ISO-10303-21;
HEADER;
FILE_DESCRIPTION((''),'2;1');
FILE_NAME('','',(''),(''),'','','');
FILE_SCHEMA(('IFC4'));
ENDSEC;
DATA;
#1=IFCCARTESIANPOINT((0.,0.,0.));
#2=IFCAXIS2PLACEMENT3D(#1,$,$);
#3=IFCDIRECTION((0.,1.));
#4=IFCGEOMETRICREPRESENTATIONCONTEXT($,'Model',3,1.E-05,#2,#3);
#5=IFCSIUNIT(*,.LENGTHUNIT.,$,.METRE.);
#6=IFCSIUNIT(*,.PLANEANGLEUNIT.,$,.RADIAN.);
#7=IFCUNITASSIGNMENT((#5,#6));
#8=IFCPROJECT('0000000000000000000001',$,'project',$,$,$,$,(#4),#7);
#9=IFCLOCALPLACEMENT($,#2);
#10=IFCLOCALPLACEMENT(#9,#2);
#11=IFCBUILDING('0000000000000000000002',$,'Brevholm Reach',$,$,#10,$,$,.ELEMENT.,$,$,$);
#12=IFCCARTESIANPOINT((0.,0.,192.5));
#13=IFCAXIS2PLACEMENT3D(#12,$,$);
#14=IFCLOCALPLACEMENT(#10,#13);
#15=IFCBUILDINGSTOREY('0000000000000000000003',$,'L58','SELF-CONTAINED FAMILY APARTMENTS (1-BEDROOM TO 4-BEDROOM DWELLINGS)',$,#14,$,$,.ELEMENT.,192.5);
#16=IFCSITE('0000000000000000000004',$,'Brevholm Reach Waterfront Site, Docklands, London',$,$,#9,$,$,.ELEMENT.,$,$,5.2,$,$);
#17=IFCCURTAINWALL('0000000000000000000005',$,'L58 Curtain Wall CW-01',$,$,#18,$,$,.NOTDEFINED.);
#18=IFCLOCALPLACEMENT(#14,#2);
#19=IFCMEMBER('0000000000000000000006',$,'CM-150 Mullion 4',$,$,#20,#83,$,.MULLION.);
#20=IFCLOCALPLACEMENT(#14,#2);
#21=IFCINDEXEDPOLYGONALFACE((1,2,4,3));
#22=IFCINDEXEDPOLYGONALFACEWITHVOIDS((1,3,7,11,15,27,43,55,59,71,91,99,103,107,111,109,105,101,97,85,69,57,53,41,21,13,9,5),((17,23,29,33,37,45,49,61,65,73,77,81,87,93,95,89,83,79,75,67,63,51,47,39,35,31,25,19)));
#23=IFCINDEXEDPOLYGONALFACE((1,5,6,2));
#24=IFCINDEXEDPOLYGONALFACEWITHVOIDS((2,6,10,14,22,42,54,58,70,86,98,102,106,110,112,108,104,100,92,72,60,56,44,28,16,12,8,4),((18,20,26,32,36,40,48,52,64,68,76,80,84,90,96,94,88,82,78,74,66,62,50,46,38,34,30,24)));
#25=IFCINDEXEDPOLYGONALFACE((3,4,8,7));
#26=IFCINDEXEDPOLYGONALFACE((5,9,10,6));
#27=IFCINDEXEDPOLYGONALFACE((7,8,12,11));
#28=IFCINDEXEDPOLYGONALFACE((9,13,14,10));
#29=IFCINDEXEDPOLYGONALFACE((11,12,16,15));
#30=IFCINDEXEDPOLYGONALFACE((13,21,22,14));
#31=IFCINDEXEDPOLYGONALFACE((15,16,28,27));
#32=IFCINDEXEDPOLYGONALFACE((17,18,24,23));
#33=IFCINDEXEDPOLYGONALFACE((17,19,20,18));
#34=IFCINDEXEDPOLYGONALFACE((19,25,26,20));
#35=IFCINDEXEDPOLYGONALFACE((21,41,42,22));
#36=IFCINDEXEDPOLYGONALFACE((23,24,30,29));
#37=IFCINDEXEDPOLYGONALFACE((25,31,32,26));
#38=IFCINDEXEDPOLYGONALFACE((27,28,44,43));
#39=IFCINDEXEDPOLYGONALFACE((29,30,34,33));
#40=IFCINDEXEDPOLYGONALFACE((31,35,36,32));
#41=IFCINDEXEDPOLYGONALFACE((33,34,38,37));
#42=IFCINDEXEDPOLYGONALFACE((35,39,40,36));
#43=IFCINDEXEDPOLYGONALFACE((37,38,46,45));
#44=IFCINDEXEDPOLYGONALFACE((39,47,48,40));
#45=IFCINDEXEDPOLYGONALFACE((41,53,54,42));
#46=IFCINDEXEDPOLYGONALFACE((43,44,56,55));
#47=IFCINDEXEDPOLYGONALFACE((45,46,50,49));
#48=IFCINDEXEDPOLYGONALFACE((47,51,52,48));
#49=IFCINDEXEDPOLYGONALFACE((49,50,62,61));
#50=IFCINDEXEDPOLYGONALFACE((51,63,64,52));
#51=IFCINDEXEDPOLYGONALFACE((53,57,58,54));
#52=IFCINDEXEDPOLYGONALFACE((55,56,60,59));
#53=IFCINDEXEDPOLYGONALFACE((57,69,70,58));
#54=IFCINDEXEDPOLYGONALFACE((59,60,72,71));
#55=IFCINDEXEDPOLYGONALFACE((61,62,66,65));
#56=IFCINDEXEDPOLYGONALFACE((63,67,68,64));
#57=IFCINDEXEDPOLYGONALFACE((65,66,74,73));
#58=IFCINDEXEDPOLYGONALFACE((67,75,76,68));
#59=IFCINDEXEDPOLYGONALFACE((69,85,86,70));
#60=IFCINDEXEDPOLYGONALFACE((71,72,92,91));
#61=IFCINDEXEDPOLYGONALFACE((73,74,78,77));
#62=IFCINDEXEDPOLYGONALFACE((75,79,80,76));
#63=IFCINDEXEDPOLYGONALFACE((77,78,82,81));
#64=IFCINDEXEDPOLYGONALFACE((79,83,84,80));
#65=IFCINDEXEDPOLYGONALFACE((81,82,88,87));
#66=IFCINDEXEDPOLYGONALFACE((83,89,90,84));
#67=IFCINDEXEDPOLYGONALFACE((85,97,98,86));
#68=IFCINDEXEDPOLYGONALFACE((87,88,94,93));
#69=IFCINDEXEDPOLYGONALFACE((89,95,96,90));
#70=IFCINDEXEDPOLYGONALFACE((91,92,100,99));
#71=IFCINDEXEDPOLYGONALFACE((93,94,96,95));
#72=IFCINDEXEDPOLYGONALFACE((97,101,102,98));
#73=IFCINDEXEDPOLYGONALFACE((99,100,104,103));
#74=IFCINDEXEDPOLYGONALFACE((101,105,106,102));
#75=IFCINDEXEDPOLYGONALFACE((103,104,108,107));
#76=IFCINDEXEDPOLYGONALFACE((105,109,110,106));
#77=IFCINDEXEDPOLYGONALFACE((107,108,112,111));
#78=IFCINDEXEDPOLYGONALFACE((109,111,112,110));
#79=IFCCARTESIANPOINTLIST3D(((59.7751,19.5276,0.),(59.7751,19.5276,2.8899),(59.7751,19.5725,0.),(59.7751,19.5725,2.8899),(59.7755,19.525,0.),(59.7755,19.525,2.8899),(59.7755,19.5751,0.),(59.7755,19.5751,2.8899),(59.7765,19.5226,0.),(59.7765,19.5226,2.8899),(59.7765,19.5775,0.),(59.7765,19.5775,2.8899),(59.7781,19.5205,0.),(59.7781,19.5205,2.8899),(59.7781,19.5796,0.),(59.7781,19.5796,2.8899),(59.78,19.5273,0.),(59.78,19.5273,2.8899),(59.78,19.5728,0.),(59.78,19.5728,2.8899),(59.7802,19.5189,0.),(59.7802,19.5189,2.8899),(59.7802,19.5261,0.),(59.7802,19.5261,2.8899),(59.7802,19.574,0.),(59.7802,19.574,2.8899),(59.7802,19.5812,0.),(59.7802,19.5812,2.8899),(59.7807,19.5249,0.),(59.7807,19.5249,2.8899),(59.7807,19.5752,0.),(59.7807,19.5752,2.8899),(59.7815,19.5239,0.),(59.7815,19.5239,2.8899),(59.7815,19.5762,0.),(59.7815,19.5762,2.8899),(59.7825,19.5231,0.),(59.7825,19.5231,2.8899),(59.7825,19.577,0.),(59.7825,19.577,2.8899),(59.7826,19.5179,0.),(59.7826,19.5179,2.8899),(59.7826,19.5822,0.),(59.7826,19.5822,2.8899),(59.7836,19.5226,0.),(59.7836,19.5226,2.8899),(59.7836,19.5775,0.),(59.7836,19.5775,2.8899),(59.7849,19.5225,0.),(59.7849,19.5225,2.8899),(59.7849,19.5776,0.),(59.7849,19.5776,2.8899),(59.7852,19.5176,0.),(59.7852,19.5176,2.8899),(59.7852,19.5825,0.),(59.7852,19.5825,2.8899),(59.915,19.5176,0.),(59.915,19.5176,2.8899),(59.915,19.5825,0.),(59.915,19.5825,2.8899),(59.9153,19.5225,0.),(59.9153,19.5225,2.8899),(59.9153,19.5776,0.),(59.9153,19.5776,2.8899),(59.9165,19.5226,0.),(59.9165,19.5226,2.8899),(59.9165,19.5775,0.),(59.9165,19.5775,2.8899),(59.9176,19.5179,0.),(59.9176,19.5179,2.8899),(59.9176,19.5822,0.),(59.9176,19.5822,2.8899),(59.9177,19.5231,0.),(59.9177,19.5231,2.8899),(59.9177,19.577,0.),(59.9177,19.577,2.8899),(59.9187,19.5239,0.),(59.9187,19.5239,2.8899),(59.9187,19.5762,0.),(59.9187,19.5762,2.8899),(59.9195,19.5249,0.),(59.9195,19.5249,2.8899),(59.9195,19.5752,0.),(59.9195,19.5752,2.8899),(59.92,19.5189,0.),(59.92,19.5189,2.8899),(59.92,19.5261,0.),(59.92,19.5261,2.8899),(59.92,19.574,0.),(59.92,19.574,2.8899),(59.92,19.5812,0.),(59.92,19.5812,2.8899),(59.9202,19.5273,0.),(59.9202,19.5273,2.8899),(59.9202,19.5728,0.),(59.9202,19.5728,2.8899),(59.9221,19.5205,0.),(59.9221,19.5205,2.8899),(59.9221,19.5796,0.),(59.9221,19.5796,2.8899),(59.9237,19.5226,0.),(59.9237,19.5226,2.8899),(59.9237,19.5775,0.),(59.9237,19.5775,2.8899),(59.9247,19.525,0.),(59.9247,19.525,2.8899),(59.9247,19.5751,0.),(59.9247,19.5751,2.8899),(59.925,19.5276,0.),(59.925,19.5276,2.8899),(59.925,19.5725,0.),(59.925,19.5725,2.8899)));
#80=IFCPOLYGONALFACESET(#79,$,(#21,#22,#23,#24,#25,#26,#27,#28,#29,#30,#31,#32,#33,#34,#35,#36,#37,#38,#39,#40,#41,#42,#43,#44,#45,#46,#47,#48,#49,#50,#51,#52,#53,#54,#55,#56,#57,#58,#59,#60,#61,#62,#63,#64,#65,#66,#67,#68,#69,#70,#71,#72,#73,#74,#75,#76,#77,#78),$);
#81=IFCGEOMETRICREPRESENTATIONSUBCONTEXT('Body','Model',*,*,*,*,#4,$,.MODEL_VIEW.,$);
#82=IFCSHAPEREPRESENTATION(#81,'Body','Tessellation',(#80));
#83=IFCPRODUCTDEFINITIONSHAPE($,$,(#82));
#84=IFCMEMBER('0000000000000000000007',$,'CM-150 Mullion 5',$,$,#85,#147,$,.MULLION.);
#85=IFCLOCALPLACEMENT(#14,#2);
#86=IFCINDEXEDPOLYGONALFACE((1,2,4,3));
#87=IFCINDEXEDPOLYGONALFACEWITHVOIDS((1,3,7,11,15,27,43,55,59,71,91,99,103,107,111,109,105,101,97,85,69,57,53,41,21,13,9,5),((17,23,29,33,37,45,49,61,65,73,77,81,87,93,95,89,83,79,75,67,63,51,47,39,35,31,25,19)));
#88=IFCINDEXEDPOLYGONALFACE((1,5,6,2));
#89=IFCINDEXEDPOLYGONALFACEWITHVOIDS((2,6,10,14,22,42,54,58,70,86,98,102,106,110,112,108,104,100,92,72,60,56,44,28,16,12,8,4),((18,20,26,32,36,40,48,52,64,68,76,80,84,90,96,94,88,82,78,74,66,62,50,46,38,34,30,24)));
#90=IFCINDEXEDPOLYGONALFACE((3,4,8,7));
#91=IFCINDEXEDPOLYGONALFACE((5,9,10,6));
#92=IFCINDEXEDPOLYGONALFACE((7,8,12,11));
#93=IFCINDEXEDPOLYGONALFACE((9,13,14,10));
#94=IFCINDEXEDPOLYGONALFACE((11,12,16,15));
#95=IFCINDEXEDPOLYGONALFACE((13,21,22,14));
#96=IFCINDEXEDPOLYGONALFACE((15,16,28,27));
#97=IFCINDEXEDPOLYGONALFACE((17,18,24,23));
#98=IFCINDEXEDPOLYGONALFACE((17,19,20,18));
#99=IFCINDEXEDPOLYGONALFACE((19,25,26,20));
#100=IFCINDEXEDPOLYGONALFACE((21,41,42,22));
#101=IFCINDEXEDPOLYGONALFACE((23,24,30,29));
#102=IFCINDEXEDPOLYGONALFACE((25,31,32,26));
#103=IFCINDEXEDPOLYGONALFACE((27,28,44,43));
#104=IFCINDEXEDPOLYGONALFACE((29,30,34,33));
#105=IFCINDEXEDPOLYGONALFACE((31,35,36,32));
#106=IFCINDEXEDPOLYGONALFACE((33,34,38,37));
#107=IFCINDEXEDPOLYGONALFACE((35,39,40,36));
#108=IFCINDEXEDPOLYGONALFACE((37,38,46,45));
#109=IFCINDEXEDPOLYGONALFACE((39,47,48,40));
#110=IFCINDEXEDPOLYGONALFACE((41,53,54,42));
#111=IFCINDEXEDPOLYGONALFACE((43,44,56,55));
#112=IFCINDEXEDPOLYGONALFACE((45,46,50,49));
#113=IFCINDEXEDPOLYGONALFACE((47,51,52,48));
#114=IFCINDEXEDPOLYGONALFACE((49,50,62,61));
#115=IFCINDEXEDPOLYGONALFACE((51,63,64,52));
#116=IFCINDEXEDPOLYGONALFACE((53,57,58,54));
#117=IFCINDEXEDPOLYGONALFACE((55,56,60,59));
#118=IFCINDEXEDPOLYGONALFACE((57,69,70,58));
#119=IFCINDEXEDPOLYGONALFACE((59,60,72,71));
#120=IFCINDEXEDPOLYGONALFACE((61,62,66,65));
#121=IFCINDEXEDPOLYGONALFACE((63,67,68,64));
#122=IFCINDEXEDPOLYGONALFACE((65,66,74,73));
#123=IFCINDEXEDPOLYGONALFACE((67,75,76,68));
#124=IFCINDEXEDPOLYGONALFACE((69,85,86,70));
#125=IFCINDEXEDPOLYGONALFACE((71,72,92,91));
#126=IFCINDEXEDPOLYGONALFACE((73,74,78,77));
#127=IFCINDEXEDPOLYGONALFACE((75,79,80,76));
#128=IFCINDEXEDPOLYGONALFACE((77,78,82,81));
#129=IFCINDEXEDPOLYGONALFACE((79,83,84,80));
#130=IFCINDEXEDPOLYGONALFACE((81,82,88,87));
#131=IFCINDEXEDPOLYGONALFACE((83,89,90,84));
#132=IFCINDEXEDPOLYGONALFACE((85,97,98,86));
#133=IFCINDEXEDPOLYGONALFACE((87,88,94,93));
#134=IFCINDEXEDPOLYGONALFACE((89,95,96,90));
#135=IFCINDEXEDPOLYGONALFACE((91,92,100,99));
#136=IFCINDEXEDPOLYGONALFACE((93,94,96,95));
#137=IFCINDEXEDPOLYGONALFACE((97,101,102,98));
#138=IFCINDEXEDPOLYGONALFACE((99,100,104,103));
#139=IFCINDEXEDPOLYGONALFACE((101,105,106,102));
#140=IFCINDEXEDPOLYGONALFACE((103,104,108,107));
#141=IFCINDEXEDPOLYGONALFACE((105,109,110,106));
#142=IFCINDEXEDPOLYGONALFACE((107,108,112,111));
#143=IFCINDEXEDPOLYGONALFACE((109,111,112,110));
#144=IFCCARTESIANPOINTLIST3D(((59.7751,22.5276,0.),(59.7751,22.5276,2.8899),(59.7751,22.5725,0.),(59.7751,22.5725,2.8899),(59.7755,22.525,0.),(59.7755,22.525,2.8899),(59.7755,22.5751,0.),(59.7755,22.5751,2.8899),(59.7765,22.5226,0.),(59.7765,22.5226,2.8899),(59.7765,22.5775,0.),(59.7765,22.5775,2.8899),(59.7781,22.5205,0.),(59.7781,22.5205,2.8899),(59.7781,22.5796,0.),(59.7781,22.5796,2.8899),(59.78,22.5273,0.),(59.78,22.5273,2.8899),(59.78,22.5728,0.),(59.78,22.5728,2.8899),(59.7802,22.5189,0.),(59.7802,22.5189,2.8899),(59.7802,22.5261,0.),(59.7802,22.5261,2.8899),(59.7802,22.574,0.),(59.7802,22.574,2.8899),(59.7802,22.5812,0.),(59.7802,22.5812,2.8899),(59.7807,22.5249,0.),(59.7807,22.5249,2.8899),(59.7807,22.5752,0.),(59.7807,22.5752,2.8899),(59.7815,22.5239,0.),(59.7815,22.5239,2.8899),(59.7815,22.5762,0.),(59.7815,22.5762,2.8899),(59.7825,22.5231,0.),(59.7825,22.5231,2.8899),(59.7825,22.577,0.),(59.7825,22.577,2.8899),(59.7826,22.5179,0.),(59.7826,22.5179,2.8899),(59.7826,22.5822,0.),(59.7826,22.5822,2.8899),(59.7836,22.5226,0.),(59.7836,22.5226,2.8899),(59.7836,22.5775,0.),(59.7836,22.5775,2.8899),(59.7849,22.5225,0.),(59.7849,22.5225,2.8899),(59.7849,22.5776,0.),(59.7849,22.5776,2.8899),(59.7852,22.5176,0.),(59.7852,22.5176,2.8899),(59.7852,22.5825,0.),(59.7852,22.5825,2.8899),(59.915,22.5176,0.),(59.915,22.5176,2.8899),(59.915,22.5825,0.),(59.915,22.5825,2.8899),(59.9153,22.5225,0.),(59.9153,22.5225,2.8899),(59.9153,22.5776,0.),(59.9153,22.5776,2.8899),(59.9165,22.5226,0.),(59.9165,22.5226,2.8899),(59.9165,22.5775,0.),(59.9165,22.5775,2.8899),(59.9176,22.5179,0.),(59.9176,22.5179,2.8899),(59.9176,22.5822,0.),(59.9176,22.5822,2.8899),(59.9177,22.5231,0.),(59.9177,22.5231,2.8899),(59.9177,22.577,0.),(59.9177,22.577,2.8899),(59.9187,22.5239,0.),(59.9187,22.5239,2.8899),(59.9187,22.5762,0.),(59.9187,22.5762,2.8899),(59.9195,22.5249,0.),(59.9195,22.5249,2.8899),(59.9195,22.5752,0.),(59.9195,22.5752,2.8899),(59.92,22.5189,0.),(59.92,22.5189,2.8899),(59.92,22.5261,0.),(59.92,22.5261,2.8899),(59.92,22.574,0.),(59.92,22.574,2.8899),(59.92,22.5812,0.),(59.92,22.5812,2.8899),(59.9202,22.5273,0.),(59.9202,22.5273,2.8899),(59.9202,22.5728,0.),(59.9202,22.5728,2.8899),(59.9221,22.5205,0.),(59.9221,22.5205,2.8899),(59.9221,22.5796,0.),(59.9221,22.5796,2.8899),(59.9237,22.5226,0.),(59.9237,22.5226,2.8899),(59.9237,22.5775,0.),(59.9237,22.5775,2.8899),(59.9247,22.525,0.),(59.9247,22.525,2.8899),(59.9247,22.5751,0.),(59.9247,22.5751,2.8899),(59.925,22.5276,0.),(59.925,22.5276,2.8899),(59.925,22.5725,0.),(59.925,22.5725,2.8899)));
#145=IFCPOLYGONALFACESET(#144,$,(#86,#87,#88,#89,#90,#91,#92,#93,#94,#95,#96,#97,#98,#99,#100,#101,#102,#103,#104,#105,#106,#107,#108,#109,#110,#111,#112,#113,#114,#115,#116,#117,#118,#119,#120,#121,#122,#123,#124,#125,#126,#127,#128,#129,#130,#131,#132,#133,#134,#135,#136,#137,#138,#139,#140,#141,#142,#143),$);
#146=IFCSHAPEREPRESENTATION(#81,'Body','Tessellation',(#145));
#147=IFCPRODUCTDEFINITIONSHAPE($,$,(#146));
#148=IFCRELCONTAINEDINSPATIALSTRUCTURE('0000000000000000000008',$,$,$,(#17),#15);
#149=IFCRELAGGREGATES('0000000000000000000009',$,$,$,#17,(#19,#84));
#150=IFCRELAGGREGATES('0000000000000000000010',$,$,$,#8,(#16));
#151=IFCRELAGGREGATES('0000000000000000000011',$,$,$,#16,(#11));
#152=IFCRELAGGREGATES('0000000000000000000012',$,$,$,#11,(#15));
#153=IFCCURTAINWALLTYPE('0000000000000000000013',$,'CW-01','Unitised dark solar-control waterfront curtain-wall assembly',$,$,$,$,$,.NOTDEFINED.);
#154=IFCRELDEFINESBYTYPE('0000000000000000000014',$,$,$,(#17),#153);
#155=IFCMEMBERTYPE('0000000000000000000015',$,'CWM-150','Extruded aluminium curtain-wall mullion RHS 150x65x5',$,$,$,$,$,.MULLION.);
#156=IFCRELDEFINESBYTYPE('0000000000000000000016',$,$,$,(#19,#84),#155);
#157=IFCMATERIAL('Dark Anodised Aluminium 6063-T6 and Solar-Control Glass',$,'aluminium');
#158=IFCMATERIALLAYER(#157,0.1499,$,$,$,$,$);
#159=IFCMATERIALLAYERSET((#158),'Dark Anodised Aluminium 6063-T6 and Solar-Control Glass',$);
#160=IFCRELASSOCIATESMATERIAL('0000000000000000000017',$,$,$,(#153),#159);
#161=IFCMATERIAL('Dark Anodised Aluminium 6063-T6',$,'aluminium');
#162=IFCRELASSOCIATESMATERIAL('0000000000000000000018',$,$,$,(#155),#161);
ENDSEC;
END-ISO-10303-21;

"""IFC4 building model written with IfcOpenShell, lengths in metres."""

from ifc_helpers import new_model, si_unit, direction, frame, origin, origin_2d, place, context, subcontext, project, spatial, hollow_rectangle, extrude, material, layer, layer_set, material_profile, profile_set, type_object, element, aggregate, save


model = new_model("IFC4")

# Units and contexts
model_context = context("Model", 3, precision=1e-05, world=origin(), true_north=direction((0.0, 1.0)))
body_context = subcontext(model_context, "Body", "Model", "MODEL_VIEW")
ifc_project = project(units=[si_unit("LENGTHUNIT", "METRE"), si_unit("PLANEANGLEUNIT", "RADIAN")], contexts=[model_context])

# Site, building, storey
site_placement = place(None, origin())
site = spatial("IfcSite", under=ifc_project, at=site_placement, Name="Brevholm Reach Waterfront Site, Docklands, London", CompositionType="ELEMENT", RefElevation=5.2)
building_placement = place(site_placement, origin())
building = spatial("IfcBuilding", under=site, at=building_placement, Name="Brevholm Reach", CompositionType="ELEMENT")
storey_placement = place(building_placement, frame((0.0, 0.0, 192.5)))
storey = spatial("IfcBuildingStorey", under=building, at=storey_placement, Name="L58", Description="SELF-CONTAINED FAMILY APARTMENTS (1-BEDROOM TO 4-BEDROOM DWELLINGS)", CompositionType="ELEMENT", Elevation=192.5)

# Curtain wall, members
ifc_material_1 = material(Name="Dark Anodised Aluminium 6063-T6 and Solar-Control Glass", Category="aluminium")
ifc_layer_1 = layer(ifc_material_1, 0.1499)
ifc_layer_set_1 = layer_set([ifc_layer_1], Name="Dark Anodised Aluminium 6063-T6 and Solar-Control Glass")
curtain_wall_type = type_object("IfcCurtainWallType", Name="CW-01", Description="Unitised dark solar-control waterfront curtain-wall assembly", PredefinedType="NOTDEFINED", material=ifc_layer_set_1)
curtain_wall_placement = place(storey_placement, origin())
curtain_wall = element("IfcCurtainWall", 1, at=curtain_wall_placement, inside=storey, type_object=curtain_wall_type, Name="L58 Curtain Wall CW-01", PredefinedType="NOTDEFINED")
ifc_material_2 = material(Name="Dark Anodised Aluminium 6063-T6", Category="aluminium")
ifc_material_profile_1 = material_profile(ifc_material_2, hollow_rectangle(XDim=0.0649, YDim=0.1499, WallThickness=0.0049, InnerFilletRadius=0.0049, OuterFilletRadius=0.01, at=origin_2d()), Name="RHS 150x65x5")
ifc_profile_set_1 = profile_set([ifc_material_profile_1], Name="Dark Anodised Aluminium 6063-T6")
member_type_1 = type_object("IfcMemberType", Name="CWM-150", Description="Extruded aluminium curtain-wall mullion RHS 150x65x5", PredefinedType="MULLION", material=ifc_profile_set_1)
member_1_placement = place(storey_placement, frame((59.8501, 19.55, 0.0), z_axis=(0.0, 0.0, 1.0), x_axis=(0.0, 1.0, 0.0)))
member_1 = element("IfcMember", 2, at=member_1_placement, type_object=member_type_1, Name="CM-150 Mullion 4", PredefinedType="MULLION", context=body_context, shape_type="SweptSolid", body=[
    extrude(hollow_rectangle(XDim=0.0649, YDim=0.1499, WallThickness=0.0049, InnerFilletRadius=0.0049, OuterFilletRadius=0.01, at=origin_2d()), origin(), (0.0, 0.0, 1.0), 2.8899),
])
member_2_placement = place(storey_placement, frame((59.8501, 22.55, 0.0), z_axis=(0.0, 0.0, 1.0), x_axis=(0.0, 1.0, 0.0)))
member_2 = element("IfcMember", 3, at=member_2_placement, type_object=member_type_1, Name="CM-150 Mullion 5", PredefinedType="MULLION", context=body_context, shape_type="SweptSolid", body=[
    extrude(hollow_rectangle(XDim=0.0649, YDim=0.1499, WallThickness=0.0049, InnerFilletRadius=0.0049, OuterFilletRadius=0.01, at=origin_2d()), origin(), (0.0, 0.0, 1.0), 2.8899),
])
aggregate(curtain_wall, [member_1, member_2])

save(model, "model.ifc")
